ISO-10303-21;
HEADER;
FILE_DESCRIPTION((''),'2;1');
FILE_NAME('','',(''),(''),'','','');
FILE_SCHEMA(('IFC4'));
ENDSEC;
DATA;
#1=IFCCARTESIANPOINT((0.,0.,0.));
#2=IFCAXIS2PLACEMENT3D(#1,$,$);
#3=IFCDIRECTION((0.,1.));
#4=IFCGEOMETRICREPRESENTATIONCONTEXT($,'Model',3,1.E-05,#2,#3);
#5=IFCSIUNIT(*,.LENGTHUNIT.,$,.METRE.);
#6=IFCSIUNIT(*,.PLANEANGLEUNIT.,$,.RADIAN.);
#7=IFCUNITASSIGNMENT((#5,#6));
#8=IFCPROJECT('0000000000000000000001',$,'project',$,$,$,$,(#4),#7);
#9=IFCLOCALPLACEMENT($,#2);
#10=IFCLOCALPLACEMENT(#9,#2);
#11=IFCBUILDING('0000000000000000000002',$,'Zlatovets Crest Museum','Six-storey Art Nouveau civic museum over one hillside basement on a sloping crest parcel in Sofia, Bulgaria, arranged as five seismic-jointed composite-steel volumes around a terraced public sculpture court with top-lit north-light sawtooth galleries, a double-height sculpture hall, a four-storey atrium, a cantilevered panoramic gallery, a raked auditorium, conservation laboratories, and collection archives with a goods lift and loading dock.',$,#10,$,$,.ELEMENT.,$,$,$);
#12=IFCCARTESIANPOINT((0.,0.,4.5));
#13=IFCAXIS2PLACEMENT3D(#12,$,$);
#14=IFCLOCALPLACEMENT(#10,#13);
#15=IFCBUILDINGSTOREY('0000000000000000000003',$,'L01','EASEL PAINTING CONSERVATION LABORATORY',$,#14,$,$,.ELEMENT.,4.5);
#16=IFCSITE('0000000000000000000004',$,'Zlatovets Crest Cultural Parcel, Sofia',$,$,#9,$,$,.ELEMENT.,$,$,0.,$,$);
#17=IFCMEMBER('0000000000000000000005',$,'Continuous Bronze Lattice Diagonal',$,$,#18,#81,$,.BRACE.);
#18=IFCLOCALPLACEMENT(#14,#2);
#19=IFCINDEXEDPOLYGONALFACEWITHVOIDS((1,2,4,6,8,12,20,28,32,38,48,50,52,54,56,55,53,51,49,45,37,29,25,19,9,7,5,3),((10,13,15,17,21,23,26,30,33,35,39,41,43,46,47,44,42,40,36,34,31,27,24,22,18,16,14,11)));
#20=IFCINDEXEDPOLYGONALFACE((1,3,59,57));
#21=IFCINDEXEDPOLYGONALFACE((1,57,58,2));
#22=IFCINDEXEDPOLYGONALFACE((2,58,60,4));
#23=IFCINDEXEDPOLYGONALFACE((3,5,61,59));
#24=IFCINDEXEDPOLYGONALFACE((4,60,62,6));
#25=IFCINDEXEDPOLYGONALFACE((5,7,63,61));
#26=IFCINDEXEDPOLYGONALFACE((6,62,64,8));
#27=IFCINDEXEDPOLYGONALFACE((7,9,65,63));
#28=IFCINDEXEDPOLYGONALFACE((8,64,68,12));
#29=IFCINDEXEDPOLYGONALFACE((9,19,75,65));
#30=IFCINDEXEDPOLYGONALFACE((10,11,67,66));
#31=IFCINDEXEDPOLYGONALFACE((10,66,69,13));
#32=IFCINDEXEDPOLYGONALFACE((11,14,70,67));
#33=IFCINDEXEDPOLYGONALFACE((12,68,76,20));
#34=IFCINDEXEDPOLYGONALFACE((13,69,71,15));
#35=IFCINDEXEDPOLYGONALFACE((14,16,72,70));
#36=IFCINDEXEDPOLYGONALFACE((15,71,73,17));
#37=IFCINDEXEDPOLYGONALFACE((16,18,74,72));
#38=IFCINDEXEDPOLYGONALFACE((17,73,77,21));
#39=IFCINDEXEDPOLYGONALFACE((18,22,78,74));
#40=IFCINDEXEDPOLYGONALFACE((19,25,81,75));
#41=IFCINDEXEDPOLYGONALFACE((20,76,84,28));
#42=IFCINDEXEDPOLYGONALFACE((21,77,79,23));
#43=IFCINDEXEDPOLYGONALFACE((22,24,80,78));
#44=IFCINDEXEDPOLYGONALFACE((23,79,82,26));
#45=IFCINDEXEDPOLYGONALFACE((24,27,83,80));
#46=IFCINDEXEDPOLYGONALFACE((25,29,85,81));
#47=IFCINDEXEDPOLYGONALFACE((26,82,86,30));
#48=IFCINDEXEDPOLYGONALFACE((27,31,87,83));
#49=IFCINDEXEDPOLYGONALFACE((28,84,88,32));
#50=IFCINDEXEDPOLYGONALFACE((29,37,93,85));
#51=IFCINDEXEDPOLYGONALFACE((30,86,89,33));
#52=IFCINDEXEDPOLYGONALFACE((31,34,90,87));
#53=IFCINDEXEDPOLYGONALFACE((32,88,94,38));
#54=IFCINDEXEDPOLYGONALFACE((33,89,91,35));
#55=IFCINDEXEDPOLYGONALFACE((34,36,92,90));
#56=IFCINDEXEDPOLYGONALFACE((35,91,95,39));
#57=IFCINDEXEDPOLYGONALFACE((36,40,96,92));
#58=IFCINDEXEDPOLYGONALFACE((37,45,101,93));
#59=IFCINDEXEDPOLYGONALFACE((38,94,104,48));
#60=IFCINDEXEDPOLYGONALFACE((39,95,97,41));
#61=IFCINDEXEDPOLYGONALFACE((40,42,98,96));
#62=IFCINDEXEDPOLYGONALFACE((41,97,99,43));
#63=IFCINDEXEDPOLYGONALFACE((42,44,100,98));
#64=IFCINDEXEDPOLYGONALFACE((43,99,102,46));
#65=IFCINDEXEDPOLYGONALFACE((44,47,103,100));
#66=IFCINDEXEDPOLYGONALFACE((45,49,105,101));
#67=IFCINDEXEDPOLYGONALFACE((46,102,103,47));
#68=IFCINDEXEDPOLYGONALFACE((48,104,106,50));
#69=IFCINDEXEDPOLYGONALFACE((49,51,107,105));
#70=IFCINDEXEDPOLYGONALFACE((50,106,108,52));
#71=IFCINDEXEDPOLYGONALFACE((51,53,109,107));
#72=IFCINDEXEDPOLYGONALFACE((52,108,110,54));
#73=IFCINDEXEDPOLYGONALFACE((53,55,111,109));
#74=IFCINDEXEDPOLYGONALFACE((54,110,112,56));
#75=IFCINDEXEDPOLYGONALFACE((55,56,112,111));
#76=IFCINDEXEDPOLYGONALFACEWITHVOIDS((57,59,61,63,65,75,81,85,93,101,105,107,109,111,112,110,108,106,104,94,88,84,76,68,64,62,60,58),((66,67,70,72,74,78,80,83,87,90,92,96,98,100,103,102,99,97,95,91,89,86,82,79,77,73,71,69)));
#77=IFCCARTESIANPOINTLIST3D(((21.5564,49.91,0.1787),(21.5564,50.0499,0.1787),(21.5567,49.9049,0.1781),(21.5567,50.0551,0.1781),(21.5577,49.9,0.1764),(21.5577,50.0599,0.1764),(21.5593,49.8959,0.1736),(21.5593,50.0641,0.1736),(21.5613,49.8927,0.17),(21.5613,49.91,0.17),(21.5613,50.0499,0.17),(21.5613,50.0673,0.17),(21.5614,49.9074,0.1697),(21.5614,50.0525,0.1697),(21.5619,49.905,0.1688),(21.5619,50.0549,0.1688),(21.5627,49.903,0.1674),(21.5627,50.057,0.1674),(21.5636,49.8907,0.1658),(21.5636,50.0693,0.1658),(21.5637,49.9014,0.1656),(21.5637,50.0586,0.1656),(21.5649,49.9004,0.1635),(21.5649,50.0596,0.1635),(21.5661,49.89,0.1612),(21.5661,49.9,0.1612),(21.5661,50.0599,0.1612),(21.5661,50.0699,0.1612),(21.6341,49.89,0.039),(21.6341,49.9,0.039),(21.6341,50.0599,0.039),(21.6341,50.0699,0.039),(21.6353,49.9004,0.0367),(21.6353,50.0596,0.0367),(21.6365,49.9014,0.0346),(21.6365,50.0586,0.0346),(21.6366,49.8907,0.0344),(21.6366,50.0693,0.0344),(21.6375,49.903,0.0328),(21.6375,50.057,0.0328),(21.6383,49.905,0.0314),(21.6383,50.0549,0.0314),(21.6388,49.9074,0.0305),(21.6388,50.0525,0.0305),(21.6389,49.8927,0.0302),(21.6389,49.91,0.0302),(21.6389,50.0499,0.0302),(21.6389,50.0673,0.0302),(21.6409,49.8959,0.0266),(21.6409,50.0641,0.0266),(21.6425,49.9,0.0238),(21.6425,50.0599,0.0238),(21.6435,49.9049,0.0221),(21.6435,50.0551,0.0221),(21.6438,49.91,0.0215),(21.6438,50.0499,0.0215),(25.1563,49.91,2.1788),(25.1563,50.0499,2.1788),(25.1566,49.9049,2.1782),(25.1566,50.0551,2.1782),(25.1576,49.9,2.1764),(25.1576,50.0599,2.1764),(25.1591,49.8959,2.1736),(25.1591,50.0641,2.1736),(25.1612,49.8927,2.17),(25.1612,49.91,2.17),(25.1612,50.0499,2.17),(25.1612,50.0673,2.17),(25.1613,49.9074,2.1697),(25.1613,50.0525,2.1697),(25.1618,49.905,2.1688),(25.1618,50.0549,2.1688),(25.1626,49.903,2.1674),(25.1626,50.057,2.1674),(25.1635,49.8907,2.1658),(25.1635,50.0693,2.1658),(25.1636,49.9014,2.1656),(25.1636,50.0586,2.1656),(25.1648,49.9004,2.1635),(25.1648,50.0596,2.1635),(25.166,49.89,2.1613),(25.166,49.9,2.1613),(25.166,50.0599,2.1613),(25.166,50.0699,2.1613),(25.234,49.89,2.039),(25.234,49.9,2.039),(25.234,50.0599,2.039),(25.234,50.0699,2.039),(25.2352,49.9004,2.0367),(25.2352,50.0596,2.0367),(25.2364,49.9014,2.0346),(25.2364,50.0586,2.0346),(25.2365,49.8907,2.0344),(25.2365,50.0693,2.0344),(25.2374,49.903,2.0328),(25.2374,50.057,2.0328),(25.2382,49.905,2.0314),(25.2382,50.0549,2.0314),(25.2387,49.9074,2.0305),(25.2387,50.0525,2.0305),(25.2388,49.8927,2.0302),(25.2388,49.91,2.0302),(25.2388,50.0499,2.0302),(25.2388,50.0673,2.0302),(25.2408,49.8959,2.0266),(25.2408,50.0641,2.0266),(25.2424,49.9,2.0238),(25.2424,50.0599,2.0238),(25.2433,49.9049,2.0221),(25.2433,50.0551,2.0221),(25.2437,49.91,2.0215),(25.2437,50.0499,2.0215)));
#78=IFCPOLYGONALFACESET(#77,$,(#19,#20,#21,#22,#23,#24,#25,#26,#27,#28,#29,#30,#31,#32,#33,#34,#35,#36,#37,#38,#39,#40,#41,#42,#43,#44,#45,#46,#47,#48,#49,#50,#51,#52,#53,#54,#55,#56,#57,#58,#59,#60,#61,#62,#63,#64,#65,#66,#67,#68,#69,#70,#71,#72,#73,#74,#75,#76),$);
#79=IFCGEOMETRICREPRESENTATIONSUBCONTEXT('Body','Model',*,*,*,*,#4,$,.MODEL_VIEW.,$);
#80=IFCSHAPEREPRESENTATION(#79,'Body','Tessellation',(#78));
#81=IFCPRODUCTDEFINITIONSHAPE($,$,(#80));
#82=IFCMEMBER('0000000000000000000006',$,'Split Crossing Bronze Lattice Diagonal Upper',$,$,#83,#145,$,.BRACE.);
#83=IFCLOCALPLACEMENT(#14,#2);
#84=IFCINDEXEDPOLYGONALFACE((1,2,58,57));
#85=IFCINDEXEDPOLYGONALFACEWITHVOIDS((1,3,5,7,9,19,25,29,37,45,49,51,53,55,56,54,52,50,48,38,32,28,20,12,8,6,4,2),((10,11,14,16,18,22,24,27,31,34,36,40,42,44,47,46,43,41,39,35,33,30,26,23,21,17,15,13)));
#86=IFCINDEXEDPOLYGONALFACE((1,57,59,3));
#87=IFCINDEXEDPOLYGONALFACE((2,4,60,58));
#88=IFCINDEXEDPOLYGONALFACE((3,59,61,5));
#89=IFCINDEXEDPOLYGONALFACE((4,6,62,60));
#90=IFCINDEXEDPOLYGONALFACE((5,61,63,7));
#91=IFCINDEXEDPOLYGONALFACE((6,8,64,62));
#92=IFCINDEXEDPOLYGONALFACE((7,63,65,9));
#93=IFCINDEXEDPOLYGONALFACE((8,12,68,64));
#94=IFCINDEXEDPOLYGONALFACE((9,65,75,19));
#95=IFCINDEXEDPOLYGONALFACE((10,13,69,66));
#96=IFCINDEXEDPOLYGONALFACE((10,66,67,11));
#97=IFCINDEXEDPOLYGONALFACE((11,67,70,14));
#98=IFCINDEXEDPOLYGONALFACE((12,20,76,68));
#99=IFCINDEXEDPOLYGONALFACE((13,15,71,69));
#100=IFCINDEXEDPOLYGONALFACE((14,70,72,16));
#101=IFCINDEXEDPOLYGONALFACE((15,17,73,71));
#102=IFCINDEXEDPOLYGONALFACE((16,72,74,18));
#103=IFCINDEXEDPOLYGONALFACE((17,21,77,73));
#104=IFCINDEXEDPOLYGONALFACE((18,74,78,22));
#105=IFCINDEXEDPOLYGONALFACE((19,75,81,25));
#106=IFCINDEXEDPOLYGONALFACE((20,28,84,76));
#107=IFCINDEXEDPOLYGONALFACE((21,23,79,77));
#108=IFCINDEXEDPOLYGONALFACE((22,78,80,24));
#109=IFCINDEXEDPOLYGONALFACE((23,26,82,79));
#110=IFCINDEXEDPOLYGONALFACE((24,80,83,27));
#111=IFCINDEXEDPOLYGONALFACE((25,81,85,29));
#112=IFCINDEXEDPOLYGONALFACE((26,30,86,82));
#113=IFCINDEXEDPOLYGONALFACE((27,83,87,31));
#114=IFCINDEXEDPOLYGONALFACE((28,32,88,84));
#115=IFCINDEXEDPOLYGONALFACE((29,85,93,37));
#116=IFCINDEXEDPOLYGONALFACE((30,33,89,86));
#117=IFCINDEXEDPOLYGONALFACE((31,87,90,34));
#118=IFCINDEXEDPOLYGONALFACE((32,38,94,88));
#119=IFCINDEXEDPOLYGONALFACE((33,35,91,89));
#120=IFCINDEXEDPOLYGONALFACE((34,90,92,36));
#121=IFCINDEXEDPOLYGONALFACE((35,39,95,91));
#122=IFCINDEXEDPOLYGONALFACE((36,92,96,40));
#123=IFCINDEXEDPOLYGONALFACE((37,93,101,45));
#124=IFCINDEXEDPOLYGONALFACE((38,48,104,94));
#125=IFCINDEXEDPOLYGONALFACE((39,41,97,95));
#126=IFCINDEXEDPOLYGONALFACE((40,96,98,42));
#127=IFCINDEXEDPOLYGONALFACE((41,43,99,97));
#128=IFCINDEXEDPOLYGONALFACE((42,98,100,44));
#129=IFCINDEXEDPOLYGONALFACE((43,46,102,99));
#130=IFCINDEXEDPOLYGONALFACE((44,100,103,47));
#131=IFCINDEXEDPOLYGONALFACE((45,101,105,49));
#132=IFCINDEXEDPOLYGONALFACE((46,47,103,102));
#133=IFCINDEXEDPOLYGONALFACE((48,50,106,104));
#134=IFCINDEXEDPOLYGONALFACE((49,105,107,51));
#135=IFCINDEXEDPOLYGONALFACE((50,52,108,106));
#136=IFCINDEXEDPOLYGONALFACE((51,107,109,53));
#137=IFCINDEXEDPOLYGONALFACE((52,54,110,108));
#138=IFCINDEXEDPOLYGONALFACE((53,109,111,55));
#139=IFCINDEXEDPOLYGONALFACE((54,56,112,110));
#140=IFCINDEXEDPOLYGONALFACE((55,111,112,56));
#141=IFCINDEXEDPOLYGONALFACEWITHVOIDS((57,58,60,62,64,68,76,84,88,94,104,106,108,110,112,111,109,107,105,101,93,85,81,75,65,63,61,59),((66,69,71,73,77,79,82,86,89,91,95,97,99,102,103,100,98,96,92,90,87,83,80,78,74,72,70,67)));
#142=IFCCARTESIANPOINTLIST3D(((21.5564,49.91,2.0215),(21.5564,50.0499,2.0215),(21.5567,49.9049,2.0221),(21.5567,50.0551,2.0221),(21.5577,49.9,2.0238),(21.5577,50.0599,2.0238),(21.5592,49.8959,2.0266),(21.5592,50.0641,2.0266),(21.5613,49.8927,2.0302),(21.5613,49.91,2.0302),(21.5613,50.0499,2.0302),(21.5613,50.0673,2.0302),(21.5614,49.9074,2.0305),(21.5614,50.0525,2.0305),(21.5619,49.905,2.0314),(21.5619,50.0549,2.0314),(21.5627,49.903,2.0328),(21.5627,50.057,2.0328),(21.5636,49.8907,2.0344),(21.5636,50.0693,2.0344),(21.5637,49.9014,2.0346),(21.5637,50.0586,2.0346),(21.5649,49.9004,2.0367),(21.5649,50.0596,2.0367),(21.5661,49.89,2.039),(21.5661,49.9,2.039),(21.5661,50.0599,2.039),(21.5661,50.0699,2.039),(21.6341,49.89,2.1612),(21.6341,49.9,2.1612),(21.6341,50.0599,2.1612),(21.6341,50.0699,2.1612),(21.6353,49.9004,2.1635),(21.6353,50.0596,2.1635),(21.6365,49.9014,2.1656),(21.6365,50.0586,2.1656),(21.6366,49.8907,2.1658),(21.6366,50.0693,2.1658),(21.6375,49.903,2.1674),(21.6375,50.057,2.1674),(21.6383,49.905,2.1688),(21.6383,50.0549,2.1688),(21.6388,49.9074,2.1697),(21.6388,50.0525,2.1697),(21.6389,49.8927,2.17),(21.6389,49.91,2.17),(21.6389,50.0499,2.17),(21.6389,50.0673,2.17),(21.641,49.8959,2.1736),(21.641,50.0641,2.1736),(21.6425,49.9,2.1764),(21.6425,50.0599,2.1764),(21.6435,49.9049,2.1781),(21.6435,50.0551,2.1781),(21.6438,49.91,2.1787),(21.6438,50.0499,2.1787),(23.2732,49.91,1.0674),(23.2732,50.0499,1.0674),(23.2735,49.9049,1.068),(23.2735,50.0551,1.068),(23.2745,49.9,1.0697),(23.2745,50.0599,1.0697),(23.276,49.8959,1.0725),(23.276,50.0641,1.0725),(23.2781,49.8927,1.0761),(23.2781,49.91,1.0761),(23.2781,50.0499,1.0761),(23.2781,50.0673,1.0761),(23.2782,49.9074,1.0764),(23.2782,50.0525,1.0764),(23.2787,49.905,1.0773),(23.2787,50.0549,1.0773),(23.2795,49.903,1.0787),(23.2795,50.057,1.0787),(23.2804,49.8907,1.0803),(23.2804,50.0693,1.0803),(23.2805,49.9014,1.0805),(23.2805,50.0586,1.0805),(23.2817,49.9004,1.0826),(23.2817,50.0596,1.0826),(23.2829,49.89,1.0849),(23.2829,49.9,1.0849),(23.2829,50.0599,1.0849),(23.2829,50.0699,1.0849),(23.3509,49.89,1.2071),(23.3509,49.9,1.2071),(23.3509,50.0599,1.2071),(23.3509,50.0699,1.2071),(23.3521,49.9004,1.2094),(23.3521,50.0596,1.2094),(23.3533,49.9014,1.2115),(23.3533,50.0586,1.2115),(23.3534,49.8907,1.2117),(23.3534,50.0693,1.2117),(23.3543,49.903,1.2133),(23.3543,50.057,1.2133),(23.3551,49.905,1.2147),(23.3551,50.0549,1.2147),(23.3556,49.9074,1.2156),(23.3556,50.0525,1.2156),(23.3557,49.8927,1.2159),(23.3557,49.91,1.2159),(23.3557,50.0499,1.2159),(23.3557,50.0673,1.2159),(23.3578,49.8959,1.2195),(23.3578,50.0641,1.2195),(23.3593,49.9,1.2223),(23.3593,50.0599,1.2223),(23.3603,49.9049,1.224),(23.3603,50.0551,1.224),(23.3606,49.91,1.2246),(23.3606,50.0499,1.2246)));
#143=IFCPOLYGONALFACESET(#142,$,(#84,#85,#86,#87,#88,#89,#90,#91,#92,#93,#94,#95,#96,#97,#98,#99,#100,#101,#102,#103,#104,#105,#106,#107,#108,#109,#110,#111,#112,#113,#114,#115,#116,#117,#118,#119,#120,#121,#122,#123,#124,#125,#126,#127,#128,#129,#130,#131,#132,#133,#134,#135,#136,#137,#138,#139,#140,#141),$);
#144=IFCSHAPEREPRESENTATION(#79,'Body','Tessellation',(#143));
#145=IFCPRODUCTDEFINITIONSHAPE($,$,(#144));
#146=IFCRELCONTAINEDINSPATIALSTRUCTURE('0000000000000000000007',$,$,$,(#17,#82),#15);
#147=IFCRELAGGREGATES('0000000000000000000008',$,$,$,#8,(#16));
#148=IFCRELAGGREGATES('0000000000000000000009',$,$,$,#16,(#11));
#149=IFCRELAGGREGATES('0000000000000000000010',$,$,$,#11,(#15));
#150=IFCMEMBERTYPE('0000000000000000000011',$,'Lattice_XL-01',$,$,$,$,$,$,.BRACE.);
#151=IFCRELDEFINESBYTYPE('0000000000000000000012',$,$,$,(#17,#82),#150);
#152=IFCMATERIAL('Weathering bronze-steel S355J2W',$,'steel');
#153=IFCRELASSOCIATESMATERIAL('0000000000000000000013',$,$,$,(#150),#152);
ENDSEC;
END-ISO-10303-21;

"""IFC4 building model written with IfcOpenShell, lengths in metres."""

from ifc_helpers import new_model, si_unit, direction, frame, origin, origin_2d, place, context, subcontext, project, spatial, hollow_rectangle, extrude, material, material_profile, profile_set, type_object, element, save


model = new_model("IFC4")

# Units and contexts
model_context = context("Model", 3, precision=1e-05, world=origin(), true_north=direction((0.0, 1.0)))
body_context = subcontext(model_context, "Body", "Model", "MODEL_VIEW")
ifc_project = project(units=[si_unit("LENGTHUNIT", "METRE"), si_unit("PLANEANGLEUNIT", "RADIAN")], contexts=[model_context])

# Site, building, storey
site_placement = place(None, origin())
site = spatial("IfcSite", under=ifc_project, at=site_placement, Name="Zlatovets Crest Cultural Parcel, Sofia", CompositionType="ELEMENT", RefElevation=0.0)
building_placement = place(site_placement, origin())
building = spatial("IfcBuilding", under=site, at=building_placement, Name="Zlatovets Crest Museum", Description="Six-storey Art Nouveau civic museum over one hillside basement on a sloping crest parcel in Sofia, Bulgaria, arranged as five seismic-jointed composite-steel volumes around a terraced public sculpture court with top-lit north-light sawtooth galleries, a double-height sculpture hall, a four-storey atrium, a cantilevered panoramic gallery, a raked auditorium, conservation laboratories, and collection archives with a goods lift and loading dock.", CompositionType="ELEMENT")
storey_placement = place(building_placement, frame((0.0, 0.0, 4.5)))
storey = spatial("IfcBuildingStorey", under=building, at=storey_placement, Name="L01", Description="EASEL PAINTING CONSERVATION LABORATORY", CompositionType="ELEMENT", Elevation=4.5)

# Members
ifc_material_1 = material(Name="Weathering bronze-steel S355J2W", Category="steel")
ifc_material_profile_1 = material_profile(ifc_material_1, hollow_rectangle(XDim=0.1799, YDim=0.1799, WallThickness=0.01, InnerFilletRadius=0.01, OuterFilletRadius=0.02, at=origin_2d()), Name="SHS 180x180x10.0")
ifc_profile_set_1 = profile_set([ifc_material_profile_1], Name="Weathering bronze-steel S355J2W")
member_type_1 = type_object("IfcMemberType", Name="Lattice_XL-01", PredefinedType="BRACE", material=ifc_profile_set_1)
member_1_placement = place(storey_placement, frame((21.6001, 49.98, 0.1001), z_axis=(0.874149, 0.0, 0.485658), x_axis=(0.0, 1.0, 0.0)))
element("IfcMember", 1, at=member_1_placement, inside=storey, type_object=member_type_1, Name="Continuous Bronze Lattice Diagonal", PredefinedType="BRACE", context=body_context, shape_type="SweptSolid", body=[
    extrude(hollow_rectangle(XDim=0.1799, YDim=0.1799, WallThickness=0.01, InnerFilletRadius=0.01, OuterFilletRadius=0.02, at=origin_2d()), origin(), (0.0, 0.0, 1.0), 4.1182),
])
for number, where, z_axis, x_axis, name in (
    (2, (21.6001, 49.98, 2.1001), (0.874087, 0.0, -0.48577), (0.0, 1.0, 0.0), "Split Crossing Bronze Lattice Diagonal Upper"),
):
    element("IfcMember", number, at=place(storey_placement, frame(where, z_axis=z_axis, x_axis=x_axis)), inside=storey, type_object=member_type_1, Name=name, PredefinedType="BRACE", context=body_context, shape_type="SweptSolid", body=[
        extrude(hollow_rectangle(XDim=0.1799, YDim=0.1799, WallThickness=0.01, InnerFilletRadius=0.01, OuterFilletRadius=0.02, at=origin_2d()), origin(), (0.0, 0.0, 1.0), 1.9641),
    ])

save(model, "model.ifc")
